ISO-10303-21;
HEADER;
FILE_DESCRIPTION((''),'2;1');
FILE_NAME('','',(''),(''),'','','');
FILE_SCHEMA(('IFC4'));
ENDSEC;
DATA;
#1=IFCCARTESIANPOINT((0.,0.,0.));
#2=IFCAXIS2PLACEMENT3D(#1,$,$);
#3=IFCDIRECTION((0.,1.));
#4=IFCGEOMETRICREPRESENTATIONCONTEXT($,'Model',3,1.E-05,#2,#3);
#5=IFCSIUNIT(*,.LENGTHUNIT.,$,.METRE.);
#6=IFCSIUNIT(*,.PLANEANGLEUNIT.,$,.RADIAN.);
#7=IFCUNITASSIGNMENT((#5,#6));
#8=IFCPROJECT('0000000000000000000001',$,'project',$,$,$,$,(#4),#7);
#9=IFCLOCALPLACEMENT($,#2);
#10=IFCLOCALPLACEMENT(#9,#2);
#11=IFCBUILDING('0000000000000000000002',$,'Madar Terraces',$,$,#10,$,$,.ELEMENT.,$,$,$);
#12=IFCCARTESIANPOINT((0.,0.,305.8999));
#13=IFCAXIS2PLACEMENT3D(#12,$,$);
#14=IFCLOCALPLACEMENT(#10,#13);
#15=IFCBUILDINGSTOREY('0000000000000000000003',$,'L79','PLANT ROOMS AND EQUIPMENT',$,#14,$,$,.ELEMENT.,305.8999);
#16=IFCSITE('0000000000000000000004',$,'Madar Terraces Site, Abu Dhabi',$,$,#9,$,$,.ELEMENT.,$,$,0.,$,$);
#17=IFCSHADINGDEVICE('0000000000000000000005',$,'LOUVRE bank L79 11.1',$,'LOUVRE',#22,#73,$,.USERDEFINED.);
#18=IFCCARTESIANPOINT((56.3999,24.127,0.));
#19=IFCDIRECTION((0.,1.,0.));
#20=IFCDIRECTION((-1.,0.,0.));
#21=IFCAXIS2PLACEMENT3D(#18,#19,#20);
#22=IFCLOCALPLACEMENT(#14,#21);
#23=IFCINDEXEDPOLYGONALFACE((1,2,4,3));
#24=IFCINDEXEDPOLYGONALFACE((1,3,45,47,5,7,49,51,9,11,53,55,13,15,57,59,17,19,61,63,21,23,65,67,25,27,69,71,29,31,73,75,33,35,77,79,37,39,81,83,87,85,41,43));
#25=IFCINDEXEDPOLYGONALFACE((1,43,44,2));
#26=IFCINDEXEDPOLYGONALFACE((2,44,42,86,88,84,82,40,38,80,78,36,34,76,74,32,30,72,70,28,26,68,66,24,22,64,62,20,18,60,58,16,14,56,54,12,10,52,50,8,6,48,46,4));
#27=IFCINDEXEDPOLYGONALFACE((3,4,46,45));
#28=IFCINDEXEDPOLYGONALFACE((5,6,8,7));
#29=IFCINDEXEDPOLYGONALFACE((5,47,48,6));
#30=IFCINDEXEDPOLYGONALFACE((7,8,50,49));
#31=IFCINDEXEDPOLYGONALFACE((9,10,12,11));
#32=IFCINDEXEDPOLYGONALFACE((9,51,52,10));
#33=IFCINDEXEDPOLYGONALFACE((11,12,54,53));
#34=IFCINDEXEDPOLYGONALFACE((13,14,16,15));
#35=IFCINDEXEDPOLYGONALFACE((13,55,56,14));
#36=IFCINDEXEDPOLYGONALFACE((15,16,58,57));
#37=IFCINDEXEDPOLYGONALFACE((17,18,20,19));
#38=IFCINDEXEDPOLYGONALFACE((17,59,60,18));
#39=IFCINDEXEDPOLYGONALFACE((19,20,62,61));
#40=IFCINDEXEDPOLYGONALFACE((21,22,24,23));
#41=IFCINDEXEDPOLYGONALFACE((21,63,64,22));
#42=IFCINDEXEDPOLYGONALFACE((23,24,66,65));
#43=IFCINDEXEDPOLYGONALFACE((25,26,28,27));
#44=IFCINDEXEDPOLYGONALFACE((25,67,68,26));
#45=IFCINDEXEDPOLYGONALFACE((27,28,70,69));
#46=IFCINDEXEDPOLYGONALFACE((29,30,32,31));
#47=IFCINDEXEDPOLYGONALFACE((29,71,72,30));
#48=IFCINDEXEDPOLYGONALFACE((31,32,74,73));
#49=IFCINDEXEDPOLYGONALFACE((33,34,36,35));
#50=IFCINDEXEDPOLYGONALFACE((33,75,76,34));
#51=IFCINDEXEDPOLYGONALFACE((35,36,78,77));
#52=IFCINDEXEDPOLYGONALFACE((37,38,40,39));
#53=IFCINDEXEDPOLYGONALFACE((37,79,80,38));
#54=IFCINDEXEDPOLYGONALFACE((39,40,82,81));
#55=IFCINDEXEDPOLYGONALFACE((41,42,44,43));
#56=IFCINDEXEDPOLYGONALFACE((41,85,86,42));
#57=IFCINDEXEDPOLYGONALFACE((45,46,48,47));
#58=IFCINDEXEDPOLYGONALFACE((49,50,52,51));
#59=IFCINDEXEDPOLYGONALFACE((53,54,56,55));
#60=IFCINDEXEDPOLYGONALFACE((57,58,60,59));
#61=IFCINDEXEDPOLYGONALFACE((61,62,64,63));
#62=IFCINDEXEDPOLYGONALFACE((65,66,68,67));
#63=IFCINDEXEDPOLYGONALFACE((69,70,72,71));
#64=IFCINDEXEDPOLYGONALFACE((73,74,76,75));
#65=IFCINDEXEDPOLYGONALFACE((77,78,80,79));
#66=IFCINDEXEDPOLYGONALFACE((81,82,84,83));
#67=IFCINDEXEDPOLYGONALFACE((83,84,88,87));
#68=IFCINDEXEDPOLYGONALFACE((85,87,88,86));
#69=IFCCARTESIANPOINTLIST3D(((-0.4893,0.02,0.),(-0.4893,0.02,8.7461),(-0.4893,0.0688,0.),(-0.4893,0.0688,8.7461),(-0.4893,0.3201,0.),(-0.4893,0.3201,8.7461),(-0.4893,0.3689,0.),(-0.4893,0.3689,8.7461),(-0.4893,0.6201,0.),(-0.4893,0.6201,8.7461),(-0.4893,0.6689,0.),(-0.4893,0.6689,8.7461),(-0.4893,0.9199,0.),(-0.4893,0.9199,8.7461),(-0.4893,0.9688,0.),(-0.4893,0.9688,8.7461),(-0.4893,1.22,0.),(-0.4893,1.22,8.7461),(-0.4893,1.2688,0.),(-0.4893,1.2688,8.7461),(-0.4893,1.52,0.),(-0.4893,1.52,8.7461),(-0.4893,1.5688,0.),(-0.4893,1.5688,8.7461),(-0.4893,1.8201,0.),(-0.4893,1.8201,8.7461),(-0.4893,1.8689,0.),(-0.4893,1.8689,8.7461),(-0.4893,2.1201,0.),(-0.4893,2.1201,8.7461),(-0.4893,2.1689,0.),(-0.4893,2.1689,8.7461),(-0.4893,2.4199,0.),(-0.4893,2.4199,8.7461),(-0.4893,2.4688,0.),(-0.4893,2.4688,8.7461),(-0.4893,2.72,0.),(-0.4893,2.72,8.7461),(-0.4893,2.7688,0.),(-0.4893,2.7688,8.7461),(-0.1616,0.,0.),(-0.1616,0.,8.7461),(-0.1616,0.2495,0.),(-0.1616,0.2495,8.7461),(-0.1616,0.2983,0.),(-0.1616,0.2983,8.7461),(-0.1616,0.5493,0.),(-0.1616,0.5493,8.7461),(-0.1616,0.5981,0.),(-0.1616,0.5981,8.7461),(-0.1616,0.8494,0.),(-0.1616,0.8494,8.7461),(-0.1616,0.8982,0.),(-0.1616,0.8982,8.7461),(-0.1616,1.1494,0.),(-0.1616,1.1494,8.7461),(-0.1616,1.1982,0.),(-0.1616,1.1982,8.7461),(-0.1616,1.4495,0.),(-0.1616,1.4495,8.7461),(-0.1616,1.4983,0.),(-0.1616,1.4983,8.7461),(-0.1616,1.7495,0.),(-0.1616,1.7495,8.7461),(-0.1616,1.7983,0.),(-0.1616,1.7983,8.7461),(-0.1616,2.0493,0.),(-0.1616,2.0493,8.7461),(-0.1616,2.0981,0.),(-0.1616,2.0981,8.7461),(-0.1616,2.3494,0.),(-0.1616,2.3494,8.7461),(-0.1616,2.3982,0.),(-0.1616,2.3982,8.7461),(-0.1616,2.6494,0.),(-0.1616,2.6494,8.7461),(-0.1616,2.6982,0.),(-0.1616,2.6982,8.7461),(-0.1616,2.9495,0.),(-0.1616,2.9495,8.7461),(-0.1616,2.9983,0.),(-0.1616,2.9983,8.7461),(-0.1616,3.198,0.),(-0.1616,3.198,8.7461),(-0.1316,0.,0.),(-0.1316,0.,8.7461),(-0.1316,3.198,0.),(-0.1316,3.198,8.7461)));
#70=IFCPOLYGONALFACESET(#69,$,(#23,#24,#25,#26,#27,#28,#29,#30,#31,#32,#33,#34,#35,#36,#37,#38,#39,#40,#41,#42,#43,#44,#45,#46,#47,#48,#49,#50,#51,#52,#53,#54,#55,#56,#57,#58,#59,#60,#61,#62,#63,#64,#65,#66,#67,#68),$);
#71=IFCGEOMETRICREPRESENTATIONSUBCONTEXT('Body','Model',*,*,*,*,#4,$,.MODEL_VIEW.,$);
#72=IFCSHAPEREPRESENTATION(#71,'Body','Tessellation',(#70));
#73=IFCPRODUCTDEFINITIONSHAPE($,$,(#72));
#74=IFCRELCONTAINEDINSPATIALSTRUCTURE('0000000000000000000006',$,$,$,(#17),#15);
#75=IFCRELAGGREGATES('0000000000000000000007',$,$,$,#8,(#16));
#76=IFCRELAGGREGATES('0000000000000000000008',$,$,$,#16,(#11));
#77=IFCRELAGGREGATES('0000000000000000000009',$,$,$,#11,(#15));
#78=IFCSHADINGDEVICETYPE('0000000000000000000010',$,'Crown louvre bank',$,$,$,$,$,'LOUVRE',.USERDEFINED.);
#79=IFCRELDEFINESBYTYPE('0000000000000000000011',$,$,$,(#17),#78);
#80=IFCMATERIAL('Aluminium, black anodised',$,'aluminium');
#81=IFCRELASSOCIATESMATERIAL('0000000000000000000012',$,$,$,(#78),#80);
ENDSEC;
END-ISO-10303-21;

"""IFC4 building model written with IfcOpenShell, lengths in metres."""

from ifc_helpers import new_model, si_unit, direction, frame, origin, place, context, subcontext, project, spatial, polyline, outline, extrude, material, type_object, element, save


model = new_model("IFC4")

# Units and contexts
model_context = context("Model", 3, precision=1e-05, world=origin(), true_north=direction((0.0, 1.0)))
body_context = subcontext(model_context, "Body", "Model", "MODEL_VIEW")
ifc_project = project(units=[si_unit("LENGTHUNIT", "METRE"), si_unit("PLANEANGLEUNIT", "RADIAN")], contexts=[model_context])

# Site, building, storey
site_placement = place(None, origin())
site = spatial("IfcSite", under=ifc_project, at=site_placement, Name="Madar Terraces Site, Abu Dhabi", CompositionType="ELEMENT", RefElevation=0.0)
building_placement = place(site_placement, origin())
building = spatial("IfcBuilding", under=site, at=building_placement, Name="Madar Terraces", CompositionType="ELEMENT")
storey_placement = place(building_placement, frame((0.0, 0.0, 305.8999)))
storey = spatial("IfcBuildingStorey", under=building, at=storey_placement, Name="L79", Description="PLANT ROOMS AND EQUIPMENT", CompositionType="ELEMENT", Elevation=305.8999)

# Shading device
ifc_material_1 = material(Name="Aluminium, black anodised", Category="aluminium")
shading_device_type = type_object("IfcShadingDeviceType", Name="Crown louvre bank", ElementType="LOUVRE", PredefinedType="USERDEFINED", material=ifc_material_1)
shading_device_1_placement = place(storey_placement, frame((56.3999, 24.127, 0.0), z_axis=(0.0, 1.0, 0.0), x_axis=(-1.0, 0.0, 0.0)))
element("IfcShadingDevice", 1, at=shading_device_1_placement, inside=storey, type_object=shading_device_type, Name="LOUVRE bank L79 11.1", ObjectType="LOUVRE", PredefinedType="USERDEFINED", context=body_context, shape_type="SweptSolid", body=[
    extrude(outline(polyline([(-0.1316, 0.0), (-0.1616, 0.0), (-0.1616, 0.2495), (-0.4893, 0.02), (-0.4893, 0.0688), (-0.1616, 0.2983), (-0.1616, 0.5493), (-0.4893, 0.3201), (-0.4893, 0.3689), (-0.1616, 0.5981), (-0.1616, 0.8494), (-0.4893, 0.6201), (-0.4893, 0.6689), (-0.1616, 0.8982), (-0.1616, 1.1494), (-0.4893, 0.9199), (-0.4893, 0.9688), (-0.1616, 1.1982), (-0.1616, 1.4495), (-0.4893, 1.22), (-0.4893, 1.2688), (-0.1616, 1.4983), (-0.1616, 1.7495), (-0.4893, 1.52), (-0.4893, 1.5688), (-0.1616, 1.7983), (-0.1616, 2.0493), (-0.4893, 1.8201), (-0.4893, 1.8689), (-0.1616, 2.0981), (-0.1616, 2.3494), (-0.4893, 2.1201), (-0.4893, 2.1689), (-0.1616, 2.3982), (-0.1616, 2.6494), (-0.4893, 2.4199), (-0.4893, 2.4688), (-0.1616, 2.6982), (-0.1616, 2.9495), (-0.4893, 2.72), (-0.4893, 2.7688), (-0.1616, 2.9983), (-0.1616, 3.198), (-0.1316, 3.198), (-0.1316, 0.0)])), origin(), (0.0, 0.0, 1.0), 8.7461),
])

save(model, "model.ifc")
